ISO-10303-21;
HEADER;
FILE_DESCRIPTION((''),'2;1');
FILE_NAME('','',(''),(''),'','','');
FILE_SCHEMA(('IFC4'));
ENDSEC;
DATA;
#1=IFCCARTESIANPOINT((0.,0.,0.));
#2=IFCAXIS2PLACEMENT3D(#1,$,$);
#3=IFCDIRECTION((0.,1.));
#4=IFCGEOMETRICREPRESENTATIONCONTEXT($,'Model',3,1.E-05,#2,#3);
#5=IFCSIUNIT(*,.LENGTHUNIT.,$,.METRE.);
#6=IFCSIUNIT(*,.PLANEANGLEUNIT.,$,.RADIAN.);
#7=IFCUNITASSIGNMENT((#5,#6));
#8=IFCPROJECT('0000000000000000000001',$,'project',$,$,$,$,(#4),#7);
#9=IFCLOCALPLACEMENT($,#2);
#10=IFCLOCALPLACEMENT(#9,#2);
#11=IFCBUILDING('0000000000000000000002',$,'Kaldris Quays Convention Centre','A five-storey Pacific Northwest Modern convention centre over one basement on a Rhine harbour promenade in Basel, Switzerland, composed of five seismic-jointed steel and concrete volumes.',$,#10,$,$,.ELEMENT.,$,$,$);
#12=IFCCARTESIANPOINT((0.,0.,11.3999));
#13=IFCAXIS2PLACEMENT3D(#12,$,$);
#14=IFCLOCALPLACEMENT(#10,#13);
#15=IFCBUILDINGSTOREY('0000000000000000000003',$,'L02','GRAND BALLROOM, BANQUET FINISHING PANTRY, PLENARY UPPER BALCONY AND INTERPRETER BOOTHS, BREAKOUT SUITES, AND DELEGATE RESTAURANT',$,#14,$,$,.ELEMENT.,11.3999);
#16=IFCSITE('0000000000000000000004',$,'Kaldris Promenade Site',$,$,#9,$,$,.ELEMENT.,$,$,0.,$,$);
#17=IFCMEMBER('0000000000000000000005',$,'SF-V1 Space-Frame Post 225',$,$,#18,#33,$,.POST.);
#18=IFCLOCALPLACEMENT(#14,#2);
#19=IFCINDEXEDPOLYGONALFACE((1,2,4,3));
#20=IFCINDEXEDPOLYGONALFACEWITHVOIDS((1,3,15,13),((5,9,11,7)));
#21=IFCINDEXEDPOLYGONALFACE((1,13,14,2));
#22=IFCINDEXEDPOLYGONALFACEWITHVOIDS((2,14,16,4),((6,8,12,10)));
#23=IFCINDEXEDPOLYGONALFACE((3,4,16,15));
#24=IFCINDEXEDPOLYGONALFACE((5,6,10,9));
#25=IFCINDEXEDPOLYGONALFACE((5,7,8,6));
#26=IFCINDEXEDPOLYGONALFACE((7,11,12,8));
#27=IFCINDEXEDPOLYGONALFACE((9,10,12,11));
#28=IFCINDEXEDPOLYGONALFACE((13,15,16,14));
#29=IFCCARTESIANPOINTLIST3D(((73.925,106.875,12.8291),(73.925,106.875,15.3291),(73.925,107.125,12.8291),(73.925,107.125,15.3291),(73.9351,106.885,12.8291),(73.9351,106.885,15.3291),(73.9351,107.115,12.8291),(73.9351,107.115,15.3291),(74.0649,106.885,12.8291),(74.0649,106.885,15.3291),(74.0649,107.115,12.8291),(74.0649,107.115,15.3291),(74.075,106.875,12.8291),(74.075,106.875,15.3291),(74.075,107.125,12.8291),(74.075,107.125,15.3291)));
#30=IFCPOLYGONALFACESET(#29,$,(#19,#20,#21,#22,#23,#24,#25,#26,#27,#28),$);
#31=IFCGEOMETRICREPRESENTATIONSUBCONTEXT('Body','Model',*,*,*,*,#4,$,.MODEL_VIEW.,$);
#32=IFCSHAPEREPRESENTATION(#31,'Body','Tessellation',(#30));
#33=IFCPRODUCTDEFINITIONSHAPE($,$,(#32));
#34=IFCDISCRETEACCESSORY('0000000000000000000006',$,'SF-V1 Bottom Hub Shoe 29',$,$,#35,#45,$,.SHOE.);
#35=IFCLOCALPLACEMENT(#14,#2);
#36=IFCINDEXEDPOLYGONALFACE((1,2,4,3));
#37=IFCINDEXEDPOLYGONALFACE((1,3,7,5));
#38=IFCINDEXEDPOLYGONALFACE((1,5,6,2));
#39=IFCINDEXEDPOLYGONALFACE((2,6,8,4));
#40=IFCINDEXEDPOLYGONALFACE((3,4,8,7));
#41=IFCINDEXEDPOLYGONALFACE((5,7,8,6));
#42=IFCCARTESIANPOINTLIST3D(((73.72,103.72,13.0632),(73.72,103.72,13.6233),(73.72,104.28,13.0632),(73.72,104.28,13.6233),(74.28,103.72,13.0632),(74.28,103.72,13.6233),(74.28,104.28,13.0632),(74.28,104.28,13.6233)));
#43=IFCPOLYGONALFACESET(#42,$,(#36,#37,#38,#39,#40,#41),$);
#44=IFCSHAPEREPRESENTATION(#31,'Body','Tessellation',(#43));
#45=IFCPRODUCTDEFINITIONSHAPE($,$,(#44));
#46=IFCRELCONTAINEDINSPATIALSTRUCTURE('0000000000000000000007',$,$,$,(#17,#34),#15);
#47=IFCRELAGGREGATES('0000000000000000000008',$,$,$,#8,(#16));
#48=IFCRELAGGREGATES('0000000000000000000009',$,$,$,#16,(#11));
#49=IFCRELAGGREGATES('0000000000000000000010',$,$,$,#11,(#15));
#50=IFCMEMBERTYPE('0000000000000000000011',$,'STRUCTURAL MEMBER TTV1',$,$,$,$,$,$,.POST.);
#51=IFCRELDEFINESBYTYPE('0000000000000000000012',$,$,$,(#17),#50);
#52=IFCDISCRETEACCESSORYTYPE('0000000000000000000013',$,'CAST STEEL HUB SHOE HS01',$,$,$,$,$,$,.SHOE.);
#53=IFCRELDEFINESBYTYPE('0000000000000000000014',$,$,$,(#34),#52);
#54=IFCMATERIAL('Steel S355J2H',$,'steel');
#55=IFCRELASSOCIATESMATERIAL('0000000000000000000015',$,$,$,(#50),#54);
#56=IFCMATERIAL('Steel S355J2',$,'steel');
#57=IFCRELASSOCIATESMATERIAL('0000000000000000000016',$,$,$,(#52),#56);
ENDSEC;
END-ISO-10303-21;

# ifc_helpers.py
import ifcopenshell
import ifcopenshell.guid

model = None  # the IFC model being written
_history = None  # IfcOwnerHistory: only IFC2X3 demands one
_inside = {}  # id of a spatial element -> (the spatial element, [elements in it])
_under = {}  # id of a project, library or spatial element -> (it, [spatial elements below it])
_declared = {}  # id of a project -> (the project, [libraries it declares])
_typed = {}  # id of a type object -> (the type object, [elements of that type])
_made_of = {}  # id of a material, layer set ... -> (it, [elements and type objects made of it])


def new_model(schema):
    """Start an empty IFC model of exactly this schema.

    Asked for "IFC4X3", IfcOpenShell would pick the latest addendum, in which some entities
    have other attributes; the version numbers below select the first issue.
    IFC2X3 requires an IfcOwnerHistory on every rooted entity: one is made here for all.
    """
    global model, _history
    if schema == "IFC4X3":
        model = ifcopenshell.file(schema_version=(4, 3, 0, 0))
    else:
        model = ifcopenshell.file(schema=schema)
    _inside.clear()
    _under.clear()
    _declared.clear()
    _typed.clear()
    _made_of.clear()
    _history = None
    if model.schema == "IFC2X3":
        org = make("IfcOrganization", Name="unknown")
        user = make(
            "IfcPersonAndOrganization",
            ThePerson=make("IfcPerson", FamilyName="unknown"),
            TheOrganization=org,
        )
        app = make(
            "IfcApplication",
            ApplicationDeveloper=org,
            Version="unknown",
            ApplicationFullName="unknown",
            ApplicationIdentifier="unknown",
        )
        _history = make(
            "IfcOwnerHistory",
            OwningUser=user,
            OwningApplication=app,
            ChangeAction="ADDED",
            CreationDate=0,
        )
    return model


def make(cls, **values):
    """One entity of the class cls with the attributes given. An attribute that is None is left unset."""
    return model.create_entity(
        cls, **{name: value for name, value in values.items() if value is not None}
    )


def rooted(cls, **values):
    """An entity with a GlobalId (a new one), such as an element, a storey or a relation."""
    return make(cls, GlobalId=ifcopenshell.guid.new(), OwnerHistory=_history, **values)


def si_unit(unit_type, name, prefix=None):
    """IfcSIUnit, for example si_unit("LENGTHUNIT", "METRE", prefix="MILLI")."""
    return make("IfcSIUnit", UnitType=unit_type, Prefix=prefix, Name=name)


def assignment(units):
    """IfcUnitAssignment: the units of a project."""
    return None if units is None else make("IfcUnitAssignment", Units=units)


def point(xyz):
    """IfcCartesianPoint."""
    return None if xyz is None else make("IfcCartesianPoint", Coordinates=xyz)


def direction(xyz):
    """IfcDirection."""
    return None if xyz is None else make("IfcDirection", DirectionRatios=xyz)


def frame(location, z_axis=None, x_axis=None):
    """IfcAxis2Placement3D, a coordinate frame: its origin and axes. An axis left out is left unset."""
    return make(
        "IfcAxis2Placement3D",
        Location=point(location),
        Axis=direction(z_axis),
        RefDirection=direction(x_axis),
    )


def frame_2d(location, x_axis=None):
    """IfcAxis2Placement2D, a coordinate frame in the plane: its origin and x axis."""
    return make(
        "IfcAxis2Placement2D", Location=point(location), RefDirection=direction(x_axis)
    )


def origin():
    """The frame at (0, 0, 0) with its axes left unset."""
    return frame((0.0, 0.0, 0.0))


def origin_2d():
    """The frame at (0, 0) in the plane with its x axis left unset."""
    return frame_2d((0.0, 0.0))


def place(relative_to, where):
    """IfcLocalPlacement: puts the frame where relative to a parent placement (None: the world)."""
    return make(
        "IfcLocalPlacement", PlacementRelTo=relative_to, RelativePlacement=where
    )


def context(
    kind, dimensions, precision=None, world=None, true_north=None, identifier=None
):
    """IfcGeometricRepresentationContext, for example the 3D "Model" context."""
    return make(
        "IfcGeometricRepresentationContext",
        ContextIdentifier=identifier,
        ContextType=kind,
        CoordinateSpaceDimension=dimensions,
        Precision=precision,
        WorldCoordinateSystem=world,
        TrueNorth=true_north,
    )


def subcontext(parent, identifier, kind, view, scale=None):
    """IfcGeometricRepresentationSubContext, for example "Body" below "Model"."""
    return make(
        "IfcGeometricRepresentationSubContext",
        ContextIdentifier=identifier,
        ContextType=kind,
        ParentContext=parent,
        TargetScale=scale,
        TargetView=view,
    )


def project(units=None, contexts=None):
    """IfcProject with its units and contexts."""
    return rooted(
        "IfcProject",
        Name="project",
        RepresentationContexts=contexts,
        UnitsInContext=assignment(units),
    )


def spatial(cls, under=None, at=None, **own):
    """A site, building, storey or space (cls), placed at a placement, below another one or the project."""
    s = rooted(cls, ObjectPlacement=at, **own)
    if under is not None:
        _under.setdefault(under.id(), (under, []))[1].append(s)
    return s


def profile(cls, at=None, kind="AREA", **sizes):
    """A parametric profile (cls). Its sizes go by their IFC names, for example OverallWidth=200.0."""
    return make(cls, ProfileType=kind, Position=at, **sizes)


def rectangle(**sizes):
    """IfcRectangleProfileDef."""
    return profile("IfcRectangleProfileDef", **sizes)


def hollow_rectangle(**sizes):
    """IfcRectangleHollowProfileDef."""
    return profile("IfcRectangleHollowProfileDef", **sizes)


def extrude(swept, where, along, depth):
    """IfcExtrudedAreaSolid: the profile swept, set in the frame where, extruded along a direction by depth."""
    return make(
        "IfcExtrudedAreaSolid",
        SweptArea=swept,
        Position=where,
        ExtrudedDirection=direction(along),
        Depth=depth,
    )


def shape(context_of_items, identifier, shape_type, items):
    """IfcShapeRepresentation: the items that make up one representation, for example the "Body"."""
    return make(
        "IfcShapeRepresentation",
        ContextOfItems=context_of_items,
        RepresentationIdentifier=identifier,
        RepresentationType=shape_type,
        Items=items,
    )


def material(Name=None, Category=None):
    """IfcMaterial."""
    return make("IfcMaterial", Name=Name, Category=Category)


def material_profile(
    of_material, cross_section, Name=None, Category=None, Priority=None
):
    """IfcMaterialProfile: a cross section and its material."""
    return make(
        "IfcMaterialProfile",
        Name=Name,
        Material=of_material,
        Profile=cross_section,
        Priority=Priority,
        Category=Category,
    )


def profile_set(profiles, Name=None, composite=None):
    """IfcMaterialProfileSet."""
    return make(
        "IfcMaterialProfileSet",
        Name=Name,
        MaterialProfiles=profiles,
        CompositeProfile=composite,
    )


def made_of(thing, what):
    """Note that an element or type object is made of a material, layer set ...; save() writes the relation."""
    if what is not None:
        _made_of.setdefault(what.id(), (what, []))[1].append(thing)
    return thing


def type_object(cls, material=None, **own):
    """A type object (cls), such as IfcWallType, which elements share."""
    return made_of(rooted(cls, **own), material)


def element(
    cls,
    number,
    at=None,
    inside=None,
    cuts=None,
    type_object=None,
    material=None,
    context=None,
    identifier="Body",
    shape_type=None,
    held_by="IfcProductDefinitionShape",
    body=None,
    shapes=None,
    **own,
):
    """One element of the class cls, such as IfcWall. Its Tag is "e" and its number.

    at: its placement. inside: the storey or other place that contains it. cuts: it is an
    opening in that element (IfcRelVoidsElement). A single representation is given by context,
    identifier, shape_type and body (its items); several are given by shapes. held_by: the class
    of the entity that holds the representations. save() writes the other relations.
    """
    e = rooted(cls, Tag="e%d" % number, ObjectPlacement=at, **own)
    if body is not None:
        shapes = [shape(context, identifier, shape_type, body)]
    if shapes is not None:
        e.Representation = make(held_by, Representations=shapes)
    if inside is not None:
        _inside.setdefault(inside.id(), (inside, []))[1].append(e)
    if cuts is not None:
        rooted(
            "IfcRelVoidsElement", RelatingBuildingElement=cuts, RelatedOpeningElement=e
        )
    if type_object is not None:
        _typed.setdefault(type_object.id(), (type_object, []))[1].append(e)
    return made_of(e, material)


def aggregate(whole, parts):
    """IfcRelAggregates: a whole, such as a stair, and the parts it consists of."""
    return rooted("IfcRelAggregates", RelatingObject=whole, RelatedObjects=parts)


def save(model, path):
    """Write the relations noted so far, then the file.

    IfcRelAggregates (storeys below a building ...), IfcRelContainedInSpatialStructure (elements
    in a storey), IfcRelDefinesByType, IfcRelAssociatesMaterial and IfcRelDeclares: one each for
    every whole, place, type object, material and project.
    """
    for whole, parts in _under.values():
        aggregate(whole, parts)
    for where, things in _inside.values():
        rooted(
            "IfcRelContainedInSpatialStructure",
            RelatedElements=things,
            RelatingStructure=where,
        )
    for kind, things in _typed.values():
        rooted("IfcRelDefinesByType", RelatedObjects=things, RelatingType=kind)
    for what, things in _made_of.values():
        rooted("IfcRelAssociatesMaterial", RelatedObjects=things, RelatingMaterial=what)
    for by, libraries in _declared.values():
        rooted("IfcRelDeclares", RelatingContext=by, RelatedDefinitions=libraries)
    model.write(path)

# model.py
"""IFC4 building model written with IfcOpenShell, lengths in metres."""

from ifc_helpers import new_model, si_unit, direction, frame, origin, origin_2d, place, context, subcontext, project, spatial, rectangle, hollow_rectangle, extrude, material, material_profile, profile_set, type_object, element, save


model = new_model("IFC4")

# Units and contexts
model_context = context("Model", 3, precision=1e-05, world=origin(), true_north=direction((0.0, 1.0)))
body_context = subcontext(model_context, "Body", "Model", "MODEL_VIEW")
ifc_project = project(units=[si_unit("LENGTHUNIT", "METRE"), si_unit("PLANEANGLEUNIT", "RADIAN")], contexts=[model_context])

# Site, building, storey
site_placement = place(None, origin())
site = spatial("IfcSite", under=ifc_project, at=site_placement, Name="Kaldris Promenade Site", CompositionType="ELEMENT", RefElevation=0.0)
building_placement = place(site_placement, origin())
building = spatial("IfcBuilding", under=site, at=building_placement, Name="Kaldris Quays Convention Centre", Description="A five-storey Pacific Northwest Modern convention centre over one basement on a Rhine harbour promenade in Basel, Switzerland, composed of five seismic-jointed steel and concrete volumes.", CompositionType="ELEMENT")
storey_placement = place(building_placement, frame((0.0, 0.0, 11.3999)))
storey = spatial("IfcBuildingStorey", under=building, at=storey_placement, Name="L02", Description="GRAND BALLROOM, BANQUET FINISHING PANTRY, PLENARY UPPER BALCONY AND INTERPRETER BOOTHS, BREAKOUT SUITES, AND DELEGATE RESTAURANT", CompositionType="ELEMENT", Elevation=11.3999)

# Member
ifc_material_1 = material(Name="Steel S355J2H", Category="steel")
ifc_material_profile_1 = material_profile(ifc_material_1, hollow_rectangle(XDim=0.1499, YDim=0.25, WallThickness=0.01, at=origin_2d()), Name="RHS 250x150x10")
ifc_profile_set_1 = profile_set([ifc_material_profile_1], Name="Steel S355J2H")
member_type_1 = type_object("IfcMemberType", Name="STRUCTURAL MEMBER TTV1", PredefinedType="POST", material=ifc_profile_set_1)
for number, where, z_axis, x_axis, name in (
    (1, (74.0, 107.0, 12.8291), (0.0, 0.0, 1.0), (1.0, 0.0, 0.0), "SF-V1 Space-Frame Post 225"),
):
    element("IfcMember", number, at=place(storey_placement, frame(where, z_axis=z_axis, x_axis=x_axis)), inside=storey, type_object=member_type_1, Name=name, PredefinedType="POST", context=body_context, shape_type="SweptSolid", body=[
        extrude(hollow_rectangle(XDim=0.1499, YDim=0.25, WallThickness=0.01, at=origin_2d()), origin(), (0.0, 0.0, 1.0), 2.5),
    ])

# Discrete accessory
ifc_material_2 = material(Name="Steel S355J2", Category="steel")
discrete_accessory_type = type_object("IfcDiscreteAccessoryType", Name="CAST STEEL HUB SHOE HS01", PredefinedType="SHOE", material=ifc_material_2)
discrete_accessory_placement = place(storey_placement, frame((74.0, 104.0, 13.0632), z_axis=(0.0, 0.0, 1.0), x_axis=(1.0, 0.0, 0.0)))
element("IfcDiscreteAccessory", 2, at=discrete_accessory_placement, inside=storey, type_object=discrete_accessory_type, Name="SF-V1 Bottom Hub Shoe 29", PredefinedType="SHOE", context=body_context, shape_type="SweptSolid", body=[
    extrude(rectangle(XDim=0.5601, YDim=0.5601, at=origin_2d()), origin(), (0.0, 0.0, 1.0), 0.5601),
])

save(model, "model.ifc")
